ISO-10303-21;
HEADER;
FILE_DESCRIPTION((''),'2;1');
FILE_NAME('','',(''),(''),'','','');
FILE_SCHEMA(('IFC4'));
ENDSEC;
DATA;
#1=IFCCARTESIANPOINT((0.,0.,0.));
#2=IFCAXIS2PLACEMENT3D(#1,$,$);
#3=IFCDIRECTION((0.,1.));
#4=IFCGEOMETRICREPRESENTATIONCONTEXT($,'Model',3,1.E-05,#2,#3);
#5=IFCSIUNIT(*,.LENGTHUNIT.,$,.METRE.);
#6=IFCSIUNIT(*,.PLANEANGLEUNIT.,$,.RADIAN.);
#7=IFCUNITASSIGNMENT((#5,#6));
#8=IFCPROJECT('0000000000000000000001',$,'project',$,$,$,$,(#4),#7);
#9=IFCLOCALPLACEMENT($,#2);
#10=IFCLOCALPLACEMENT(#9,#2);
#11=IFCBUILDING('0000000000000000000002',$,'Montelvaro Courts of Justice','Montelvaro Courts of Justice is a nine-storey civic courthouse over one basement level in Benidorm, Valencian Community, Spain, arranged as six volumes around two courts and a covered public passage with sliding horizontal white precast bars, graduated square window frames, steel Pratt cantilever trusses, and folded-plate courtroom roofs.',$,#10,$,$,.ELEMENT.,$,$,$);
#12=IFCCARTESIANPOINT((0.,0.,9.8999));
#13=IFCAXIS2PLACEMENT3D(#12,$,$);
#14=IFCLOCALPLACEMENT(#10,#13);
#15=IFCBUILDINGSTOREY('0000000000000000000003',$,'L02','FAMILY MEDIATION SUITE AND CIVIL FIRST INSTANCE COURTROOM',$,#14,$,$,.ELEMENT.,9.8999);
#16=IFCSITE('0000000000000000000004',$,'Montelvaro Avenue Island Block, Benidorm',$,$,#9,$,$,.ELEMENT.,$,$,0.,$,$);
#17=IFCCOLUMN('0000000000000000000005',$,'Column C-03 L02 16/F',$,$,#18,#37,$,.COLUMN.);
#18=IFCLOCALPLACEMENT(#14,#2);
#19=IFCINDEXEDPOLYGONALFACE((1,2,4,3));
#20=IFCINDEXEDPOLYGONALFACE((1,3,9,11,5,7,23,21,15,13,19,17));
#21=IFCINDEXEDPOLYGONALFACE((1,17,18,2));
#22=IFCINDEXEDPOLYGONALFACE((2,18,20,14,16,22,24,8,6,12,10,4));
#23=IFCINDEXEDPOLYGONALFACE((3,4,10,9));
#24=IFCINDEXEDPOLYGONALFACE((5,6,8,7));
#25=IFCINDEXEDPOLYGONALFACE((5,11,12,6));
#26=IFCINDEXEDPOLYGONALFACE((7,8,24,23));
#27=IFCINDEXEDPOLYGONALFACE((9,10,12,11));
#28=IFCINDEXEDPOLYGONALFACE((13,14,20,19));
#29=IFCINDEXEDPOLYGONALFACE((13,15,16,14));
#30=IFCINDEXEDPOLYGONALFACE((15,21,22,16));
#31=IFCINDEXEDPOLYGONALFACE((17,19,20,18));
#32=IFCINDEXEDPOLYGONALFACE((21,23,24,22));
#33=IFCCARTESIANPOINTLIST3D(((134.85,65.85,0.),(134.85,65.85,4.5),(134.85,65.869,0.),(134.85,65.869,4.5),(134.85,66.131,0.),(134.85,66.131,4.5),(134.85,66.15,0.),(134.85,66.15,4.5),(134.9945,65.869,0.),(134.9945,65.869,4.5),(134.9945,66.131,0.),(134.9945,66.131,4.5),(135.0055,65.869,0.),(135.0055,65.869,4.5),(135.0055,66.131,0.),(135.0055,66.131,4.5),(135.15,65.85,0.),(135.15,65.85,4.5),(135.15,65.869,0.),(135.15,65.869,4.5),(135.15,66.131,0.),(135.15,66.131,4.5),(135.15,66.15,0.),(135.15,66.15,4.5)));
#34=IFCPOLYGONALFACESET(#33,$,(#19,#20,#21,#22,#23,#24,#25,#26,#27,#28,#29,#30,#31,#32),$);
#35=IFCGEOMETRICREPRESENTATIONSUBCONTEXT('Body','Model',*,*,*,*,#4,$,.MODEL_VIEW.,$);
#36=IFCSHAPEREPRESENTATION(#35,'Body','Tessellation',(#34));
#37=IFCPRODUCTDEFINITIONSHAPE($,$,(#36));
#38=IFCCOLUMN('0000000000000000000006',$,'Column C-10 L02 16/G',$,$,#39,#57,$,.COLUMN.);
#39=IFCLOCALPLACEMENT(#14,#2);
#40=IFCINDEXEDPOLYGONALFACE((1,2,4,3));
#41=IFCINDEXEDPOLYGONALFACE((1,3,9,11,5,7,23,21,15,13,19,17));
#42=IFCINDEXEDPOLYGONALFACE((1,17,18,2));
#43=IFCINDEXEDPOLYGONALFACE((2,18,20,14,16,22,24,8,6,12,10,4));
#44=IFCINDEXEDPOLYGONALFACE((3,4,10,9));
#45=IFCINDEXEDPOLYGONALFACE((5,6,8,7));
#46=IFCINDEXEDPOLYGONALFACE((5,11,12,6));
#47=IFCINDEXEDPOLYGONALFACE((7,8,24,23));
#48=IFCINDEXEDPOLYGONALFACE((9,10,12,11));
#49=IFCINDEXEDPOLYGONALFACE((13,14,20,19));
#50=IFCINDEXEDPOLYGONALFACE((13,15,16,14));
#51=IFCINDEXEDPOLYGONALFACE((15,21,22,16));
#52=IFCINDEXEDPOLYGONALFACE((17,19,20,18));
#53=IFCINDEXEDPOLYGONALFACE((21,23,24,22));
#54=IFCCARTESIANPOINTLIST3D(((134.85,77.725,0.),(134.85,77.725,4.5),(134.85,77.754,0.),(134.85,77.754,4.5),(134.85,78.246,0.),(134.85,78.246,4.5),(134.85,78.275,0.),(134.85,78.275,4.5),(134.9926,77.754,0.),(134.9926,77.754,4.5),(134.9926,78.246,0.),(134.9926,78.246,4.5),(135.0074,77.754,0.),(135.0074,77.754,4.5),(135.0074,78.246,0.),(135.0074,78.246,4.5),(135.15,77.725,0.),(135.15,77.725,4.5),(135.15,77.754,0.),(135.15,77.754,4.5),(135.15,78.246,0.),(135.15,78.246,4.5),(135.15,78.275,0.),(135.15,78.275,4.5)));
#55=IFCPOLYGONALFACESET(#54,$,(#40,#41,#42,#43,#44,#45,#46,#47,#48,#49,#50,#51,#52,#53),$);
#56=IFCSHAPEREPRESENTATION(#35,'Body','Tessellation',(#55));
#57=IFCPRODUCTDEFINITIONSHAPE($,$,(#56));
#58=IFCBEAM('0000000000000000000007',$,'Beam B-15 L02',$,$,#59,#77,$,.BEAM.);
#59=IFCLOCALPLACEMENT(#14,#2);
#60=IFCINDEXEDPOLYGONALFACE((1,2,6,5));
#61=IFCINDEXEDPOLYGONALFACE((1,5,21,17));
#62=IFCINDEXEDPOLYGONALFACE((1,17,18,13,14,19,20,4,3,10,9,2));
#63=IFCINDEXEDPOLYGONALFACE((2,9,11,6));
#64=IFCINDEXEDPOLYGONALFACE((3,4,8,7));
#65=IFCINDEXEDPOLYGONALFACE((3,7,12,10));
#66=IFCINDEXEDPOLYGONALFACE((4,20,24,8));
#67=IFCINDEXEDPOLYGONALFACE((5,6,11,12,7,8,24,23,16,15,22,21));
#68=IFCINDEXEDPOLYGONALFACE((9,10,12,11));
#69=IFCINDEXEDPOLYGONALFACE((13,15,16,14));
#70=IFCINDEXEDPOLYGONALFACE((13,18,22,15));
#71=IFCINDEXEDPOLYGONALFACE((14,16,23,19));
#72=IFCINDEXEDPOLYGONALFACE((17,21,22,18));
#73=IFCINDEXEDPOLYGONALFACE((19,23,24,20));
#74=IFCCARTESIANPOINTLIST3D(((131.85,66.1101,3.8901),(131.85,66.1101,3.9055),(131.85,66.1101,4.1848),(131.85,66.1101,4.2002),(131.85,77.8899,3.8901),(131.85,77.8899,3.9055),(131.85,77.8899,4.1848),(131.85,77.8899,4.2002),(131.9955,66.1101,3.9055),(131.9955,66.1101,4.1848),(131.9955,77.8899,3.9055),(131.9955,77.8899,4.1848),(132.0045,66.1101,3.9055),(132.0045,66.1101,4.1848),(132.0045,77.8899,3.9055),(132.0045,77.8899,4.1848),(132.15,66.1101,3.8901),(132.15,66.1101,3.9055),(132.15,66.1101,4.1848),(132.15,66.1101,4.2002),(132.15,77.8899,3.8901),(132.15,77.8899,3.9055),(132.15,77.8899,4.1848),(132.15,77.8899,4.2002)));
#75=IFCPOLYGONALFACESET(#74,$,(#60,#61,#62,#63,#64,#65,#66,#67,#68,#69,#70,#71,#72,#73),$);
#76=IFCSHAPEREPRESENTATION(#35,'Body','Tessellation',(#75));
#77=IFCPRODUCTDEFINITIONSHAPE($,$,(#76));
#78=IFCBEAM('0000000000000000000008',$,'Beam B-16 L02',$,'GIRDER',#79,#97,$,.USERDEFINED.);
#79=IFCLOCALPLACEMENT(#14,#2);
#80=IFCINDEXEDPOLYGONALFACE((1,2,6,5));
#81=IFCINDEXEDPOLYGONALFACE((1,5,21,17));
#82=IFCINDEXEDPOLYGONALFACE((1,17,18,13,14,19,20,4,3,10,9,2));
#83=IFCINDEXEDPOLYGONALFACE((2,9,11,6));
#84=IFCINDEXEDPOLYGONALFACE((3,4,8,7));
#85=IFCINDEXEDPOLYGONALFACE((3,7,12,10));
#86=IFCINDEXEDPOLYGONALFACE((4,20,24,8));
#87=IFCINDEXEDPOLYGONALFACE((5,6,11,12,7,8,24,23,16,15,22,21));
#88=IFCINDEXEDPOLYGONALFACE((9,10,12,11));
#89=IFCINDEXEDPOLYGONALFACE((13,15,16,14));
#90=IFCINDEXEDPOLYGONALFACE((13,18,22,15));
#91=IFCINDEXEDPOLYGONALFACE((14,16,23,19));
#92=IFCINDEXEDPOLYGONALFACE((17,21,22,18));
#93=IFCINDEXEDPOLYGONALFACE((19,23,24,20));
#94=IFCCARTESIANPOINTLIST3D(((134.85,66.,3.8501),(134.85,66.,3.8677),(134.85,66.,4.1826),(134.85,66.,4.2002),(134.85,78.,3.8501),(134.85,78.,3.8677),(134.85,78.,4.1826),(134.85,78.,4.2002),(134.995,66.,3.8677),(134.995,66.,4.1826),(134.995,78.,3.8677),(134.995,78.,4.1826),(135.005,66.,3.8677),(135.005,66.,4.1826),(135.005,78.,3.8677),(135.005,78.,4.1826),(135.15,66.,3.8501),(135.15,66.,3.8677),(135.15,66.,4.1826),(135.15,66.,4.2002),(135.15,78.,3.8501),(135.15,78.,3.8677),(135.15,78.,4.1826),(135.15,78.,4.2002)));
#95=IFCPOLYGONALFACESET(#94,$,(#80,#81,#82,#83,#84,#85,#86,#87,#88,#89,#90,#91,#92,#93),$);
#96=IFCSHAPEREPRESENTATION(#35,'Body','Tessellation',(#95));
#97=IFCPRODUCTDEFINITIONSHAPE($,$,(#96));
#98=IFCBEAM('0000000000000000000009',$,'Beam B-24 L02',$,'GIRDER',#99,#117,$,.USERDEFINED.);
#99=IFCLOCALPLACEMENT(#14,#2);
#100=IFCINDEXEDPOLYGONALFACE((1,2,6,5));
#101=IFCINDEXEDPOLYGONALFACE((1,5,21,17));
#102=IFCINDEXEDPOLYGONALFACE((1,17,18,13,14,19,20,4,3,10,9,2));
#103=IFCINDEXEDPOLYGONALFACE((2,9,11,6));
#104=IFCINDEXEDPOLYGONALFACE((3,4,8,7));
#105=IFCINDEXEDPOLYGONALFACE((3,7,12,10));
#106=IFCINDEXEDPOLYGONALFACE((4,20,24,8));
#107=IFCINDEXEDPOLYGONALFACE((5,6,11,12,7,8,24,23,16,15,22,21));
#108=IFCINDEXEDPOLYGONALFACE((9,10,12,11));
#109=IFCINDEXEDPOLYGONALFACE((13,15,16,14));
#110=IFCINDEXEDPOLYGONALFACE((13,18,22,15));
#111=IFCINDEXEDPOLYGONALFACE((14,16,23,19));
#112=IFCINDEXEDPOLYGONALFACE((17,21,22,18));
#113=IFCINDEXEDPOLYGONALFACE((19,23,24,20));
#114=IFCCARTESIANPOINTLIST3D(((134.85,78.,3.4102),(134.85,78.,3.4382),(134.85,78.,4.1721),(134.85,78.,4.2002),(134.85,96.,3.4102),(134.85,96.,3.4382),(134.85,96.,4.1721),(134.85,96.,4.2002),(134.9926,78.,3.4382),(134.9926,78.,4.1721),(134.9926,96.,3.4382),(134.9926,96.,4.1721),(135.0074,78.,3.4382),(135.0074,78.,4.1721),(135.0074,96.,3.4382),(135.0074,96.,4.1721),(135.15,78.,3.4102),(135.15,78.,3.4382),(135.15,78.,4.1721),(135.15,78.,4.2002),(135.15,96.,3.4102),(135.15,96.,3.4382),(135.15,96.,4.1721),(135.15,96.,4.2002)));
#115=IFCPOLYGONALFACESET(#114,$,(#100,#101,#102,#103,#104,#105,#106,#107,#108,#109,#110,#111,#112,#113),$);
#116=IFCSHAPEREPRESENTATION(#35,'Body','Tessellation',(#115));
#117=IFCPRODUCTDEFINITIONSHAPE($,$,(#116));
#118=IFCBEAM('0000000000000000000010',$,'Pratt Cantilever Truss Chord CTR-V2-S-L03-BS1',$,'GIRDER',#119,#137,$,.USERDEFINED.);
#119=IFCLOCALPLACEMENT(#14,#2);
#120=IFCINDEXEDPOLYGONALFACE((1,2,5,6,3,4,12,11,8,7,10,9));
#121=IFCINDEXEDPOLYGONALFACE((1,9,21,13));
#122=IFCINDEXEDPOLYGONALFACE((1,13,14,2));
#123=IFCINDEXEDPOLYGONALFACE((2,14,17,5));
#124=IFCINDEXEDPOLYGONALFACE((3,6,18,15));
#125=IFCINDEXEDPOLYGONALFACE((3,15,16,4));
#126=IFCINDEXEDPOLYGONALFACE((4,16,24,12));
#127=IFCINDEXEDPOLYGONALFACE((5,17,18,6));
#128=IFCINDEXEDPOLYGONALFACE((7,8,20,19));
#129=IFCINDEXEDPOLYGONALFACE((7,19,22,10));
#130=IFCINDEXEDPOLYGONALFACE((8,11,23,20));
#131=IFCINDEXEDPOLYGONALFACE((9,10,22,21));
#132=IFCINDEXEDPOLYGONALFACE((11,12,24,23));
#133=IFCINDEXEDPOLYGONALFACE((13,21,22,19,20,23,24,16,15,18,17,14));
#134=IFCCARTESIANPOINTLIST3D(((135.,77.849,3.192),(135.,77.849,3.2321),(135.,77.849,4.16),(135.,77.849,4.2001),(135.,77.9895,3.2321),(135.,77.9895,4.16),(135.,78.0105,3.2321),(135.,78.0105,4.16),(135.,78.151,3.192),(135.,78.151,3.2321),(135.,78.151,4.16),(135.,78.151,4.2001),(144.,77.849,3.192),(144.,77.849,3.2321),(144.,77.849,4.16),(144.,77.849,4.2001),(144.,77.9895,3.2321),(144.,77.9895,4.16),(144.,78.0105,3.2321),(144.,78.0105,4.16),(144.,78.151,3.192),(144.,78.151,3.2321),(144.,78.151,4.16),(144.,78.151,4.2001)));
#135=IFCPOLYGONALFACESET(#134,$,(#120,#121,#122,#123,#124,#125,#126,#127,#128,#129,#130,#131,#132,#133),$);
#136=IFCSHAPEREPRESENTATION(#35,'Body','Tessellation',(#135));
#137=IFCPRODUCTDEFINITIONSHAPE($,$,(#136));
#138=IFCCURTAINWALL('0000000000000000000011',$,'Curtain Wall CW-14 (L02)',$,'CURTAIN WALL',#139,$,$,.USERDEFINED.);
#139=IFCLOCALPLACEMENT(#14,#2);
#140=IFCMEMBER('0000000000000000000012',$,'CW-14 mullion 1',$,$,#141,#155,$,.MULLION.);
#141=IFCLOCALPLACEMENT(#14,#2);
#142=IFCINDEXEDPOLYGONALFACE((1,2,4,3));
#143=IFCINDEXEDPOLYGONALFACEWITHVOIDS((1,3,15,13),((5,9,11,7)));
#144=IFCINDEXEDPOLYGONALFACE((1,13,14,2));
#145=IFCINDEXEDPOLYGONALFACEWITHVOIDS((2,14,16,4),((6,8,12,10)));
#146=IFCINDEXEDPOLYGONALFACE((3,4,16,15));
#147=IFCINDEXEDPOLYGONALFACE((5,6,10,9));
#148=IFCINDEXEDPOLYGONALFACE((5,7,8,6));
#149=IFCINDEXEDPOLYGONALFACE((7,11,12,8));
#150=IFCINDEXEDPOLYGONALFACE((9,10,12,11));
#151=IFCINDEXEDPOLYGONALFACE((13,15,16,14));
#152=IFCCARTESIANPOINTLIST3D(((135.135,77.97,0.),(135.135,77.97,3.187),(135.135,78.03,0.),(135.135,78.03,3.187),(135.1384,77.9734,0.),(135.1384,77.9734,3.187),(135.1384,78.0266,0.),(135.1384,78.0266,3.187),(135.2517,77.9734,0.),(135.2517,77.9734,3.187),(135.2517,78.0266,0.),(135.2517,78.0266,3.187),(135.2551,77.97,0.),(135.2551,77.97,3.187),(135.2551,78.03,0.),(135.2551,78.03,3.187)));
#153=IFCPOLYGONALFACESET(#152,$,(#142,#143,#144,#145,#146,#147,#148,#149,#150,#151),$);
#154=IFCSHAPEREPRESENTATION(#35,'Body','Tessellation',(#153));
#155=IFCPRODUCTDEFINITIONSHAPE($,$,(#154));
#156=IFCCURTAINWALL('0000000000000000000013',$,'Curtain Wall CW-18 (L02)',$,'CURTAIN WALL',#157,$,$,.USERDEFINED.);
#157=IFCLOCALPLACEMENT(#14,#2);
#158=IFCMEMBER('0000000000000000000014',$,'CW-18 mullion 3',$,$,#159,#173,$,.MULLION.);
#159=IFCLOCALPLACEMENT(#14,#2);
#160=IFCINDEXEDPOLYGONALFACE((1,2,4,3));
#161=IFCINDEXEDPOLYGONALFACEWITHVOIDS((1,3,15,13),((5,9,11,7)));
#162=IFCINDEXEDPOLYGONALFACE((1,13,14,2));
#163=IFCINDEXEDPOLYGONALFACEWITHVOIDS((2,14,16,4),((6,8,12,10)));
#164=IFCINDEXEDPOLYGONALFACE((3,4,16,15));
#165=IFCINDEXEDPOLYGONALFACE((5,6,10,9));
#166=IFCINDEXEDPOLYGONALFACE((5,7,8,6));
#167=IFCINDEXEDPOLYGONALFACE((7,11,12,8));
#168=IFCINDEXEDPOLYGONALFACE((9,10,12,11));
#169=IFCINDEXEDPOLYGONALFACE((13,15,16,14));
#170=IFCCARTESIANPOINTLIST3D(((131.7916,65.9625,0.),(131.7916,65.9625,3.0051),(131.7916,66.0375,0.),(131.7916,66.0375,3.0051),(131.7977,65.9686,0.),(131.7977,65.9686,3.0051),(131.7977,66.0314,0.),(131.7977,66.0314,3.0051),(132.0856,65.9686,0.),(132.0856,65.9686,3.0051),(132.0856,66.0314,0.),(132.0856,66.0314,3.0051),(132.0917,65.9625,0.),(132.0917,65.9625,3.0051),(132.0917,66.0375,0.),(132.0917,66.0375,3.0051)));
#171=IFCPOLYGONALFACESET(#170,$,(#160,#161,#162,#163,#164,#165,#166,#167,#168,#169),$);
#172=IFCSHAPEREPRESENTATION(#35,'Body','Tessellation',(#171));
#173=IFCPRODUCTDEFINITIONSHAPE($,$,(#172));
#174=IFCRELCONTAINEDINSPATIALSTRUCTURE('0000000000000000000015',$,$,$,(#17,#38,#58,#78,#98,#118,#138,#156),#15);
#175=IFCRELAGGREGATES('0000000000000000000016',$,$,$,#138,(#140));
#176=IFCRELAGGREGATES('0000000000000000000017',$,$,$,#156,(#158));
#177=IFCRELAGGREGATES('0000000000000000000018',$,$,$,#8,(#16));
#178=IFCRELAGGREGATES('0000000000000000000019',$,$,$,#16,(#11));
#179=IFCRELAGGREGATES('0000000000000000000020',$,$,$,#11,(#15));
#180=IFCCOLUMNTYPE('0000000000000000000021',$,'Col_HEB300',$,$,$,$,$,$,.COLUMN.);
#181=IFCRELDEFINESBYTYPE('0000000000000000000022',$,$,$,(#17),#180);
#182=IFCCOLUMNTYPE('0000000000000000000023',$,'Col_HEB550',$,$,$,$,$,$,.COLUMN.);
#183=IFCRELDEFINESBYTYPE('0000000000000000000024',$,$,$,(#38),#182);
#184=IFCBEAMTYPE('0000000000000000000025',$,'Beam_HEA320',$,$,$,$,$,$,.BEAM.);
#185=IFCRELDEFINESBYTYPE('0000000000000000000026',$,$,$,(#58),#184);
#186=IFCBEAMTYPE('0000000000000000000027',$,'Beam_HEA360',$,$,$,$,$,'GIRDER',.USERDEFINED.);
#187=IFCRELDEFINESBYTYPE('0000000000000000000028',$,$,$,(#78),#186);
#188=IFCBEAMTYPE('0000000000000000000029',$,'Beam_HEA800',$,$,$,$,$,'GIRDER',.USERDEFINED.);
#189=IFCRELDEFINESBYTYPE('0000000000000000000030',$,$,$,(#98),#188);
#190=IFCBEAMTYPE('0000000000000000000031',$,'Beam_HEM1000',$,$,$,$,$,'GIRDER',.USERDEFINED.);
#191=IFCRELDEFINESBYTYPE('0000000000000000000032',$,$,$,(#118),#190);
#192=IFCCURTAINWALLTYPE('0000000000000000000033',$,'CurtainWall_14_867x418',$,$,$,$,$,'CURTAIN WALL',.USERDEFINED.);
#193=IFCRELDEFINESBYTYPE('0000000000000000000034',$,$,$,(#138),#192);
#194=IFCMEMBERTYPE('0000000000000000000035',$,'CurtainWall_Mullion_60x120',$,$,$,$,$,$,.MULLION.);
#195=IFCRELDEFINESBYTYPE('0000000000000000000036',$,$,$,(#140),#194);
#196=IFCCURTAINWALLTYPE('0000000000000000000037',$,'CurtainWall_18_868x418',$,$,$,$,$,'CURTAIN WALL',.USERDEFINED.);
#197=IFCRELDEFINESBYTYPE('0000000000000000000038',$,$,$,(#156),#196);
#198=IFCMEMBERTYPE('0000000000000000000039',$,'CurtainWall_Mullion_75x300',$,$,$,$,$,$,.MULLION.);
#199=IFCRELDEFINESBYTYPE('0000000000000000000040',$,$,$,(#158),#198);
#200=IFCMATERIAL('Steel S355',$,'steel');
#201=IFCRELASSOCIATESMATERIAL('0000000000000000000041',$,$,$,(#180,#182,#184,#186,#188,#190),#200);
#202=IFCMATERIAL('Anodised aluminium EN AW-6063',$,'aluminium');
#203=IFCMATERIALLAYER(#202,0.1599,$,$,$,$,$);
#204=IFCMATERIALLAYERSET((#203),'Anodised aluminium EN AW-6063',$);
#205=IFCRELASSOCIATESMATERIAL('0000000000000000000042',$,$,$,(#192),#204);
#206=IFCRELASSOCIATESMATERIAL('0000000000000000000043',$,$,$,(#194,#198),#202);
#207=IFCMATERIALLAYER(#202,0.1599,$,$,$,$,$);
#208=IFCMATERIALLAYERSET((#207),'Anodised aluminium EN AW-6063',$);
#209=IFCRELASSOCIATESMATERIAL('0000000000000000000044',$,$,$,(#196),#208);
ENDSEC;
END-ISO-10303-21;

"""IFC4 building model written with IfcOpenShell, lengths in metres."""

from ifc_helpers import new_model, si_unit, direction, frame, origin, origin_2d, place, context, subcontext, project, spatial, hollow_rectangle, i_section, extrude, material, layer, layer_set, material_profile, profile_set, type_object, element, aggregate, save


model = new_model("IFC4")

# Units and contexts
model_context = context("Model", 3, precision=1e-05, world=origin(), true_north=direction((0.0, 1.0)))
body_context = subcontext(model_context, "Body", "Model", "MODEL_VIEW")
ifc_project = project(units=[si_unit("LENGTHUNIT", "METRE"), si_unit("PLANEANGLEUNIT", "RADIAN")], contexts=[model_context])

# Site, building, storey
site_placement = place(None, origin())
site = spatial("IfcSite", under=ifc_project, at=site_placement, Name="Montelvaro Avenue Island Block, Benidorm", CompositionType="ELEMENT", RefElevation=0.0)
building_placement = place(site_placement, origin())
building = spatial("IfcBuilding", under=site, at=building_placement, Name="Montelvaro Courts of Justice", Description="Montelvaro Courts of Justice is a nine-storey civic courthouse over one basement level in Benidorm, Valencian Community, Spain, arranged as six volumes around two courts and a covered public passage with sliding horizontal white precast bars, graduated square window frames, steel Pratt cantilever trusses, and folded-plate courtroom roofs.", CompositionType="ELEMENT")
storey_placement = place(building_placement, frame((0.0, 0.0, 9.8999)))
storey = spatial("IfcBuildingStorey", under=building, at=storey_placement, Name="L02", Description="FAMILY MEDIATION SUITE AND CIVIL FIRST INSTANCE COURTROOM", CompositionType="ELEMENT", Elevation=9.8999)

# Columns
ifc_material_1 = material(Name="Steel S355", Category="steel")
ifc_material_profile_1 = material_profile(ifc_material_1, i_section(OverallWidth=0.3, OverallDepth=0.3, WebThickness=0.011, FlangeThickness=0.019, at=origin_2d()), Name="HEB 300")
ifc_profile_set_1 = profile_set([ifc_material_profile_1], Name="Steel S355")
column_type_1 = type_object("IfcColumnType", Name="Col_HEB300", PredefinedType="COLUMN", material=ifc_profile_set_1)
column_1_placement = place(storey_placement, frame((135.0, 66.0, 0.0), z_axis=(0.0, 0.0, 1.0), x_axis=(1.0, 0.0, 0.0)))
element("IfcColumn", 1, at=column_1_placement, inside=storey, type_object=column_type_1, Name="Column C-03 L02 16/F", PredefinedType="COLUMN", context=body_context, shape_type="SweptSolid", body=[
    extrude(i_section(OverallWidth=0.3, OverallDepth=0.3, WebThickness=0.011, FlangeThickness=0.019, at=origin_2d()), origin(), (0.0, 0.0, 1.0), 4.5),
])
ifc_material_profile_2 = material_profile(ifc_material_1, i_section(OverallWidth=0.3, OverallDepth=0.55, WebThickness=0.0149, FlangeThickness=0.0291, at=origin_2d()), Name="HEB 550")
ifc_profile_set_2 = profile_set([ifc_material_profile_2], Name="Steel S355")
column_type_2 = type_object("IfcColumnType", Name="Col_HEB550", PredefinedType="COLUMN", material=ifc_profile_set_2)
column_2_placement = place(storey_placement, frame((135.0, 78.0, 0.0), z_axis=(0.0, 0.0, 1.0), x_axis=(1.0, 0.0, 0.0)))
element("IfcColumn", 2, at=column_2_placement, inside=storey, type_object=column_type_2, Name="Column C-10 L02 16/G", PredefinedType="COLUMN", context=body_context, shape_type="SweptSolid", body=[
    extrude(i_section(OverallWidth=0.3, OverallDepth=0.55, WebThickness=0.0149, FlangeThickness=0.0291, at=origin_2d()), origin(), (0.0, 0.0, 1.0), 4.5),
])

# Beams
ifc_material_profile_3 = material_profile(ifc_material_1, i_section(OverallWidth=0.3, OverallDepth=0.3101, WebThickness=0.009, FlangeThickness=0.0154, at=origin_2d()), Name="HEA 320")
ifc_profile_set_3 = profile_set([ifc_material_profile_3], Name="Steel S355")
beam_type_1 = type_object("IfcBeamType", Name="Beam_HEA320", PredefinedType="BEAM", material=ifc_profile_set_3)
beam_1_placement = place(storey_placement, frame((132.0, 66.1101, 4.0452), z_axis=(0.0, 1.0, 0.0), x_axis=(-1.0, 0.0, 0.0)))
element("IfcBeam", 3, at=beam_1_placement, inside=storey, type_object=beam_type_1, Name="Beam B-15 L02", PredefinedType="BEAM", context=body_context, shape_type="SweptSolid", body=[
    extrude(i_section(OverallWidth=0.3, OverallDepth=0.3101, WebThickness=0.009, FlangeThickness=0.0154, at=origin_2d()), origin(), (0.0, 0.0, 1.0), 11.7798),
])
ifc_material_profile_4 = material_profile(ifc_material_1, i_section(OverallWidth=0.3, OverallDepth=0.3501, WebThickness=0.01, FlangeThickness=0.0176, at=origin_2d()), Name="HEA 360")
ifc_profile_set_4 = profile_set([ifc_material_profile_4], Name="Steel S355")
beam_type_2 = type_object("IfcBeamType", Name="Beam_HEA360", ElementType="GIRDER", PredefinedType="USERDEFINED", material=ifc_profile_set_4)
beam_2_placement = place(storey_placement, frame((135.0, 66.0, 4.0251), z_axis=(0.0, 1.0, 0.0), x_axis=(-1.0, 0.0, 0.0)))
element("IfcBeam", 4, at=beam_2_placement, inside=storey, type_object=beam_type_2, Name="Beam B-16 L02", ObjectType="GIRDER", PredefinedType="USERDEFINED", context=body_context, shape_type="SweptSolid", body=[
    extrude(i_section(OverallWidth=0.3, OverallDepth=0.3501, WebThickness=0.01, FlangeThickness=0.0176, at=origin_2d()), origin(), (0.0, 0.0, 1.0), 12.0),
])
ifc_material_profile_5 = material_profile(ifc_material_1, i_section(OverallWidth=0.3, OverallDepth=0.79, WebThickness=0.0149, FlangeThickness=0.0281, at=origin_2d()), Name="HEA 800")
ifc_profile_set_5 = profile_set([ifc_material_profile_5], Name="Steel S355")
beam_type_3 = type_object("IfcBeamType", Name="Beam_HEA800", ElementType="GIRDER", PredefinedType="USERDEFINED", material=ifc_profile_set_5)
beam_3_placement = place(storey_placement, frame((135.0, 78.0, 3.8052), z_axis=(0.0, 1.0, 0.0), x_axis=(-1.0, 0.0, 0.0)))
element("IfcBeam", 5, at=beam_3_placement, inside=storey, type_object=beam_type_3, Name="Beam B-24 L02", ObjectType="GIRDER", PredefinedType="USERDEFINED", context=body_context, shape_type="SweptSolid", body=[
    extrude(i_section(OverallWidth=0.3, OverallDepth=0.79, WebThickness=0.0149, FlangeThickness=0.0281, at=origin_2d()), origin(), (0.0, 0.0, 1.0), 18.0),
])
ifc_material_profile_6 = material_profile(ifc_material_1, i_section(OverallWidth=0.302, OverallDepth=1.0081, WebThickness=0.021, FlangeThickness=0.04, at=origin_2d()), Name="HEM 1000")
ifc_profile_set_6 = profile_set([ifc_material_profile_6], Name="Steel S355")
beam_type_4 = type_object("IfcBeamType", Name="Beam_HEM1000", ElementType="GIRDER", PredefinedType="USERDEFINED", material=ifc_profile_set_6)
beam_4_placement = place(storey_placement, frame((135.0, 78.0, 3.696), z_axis=(1.0, 0.0, 0.0), x_axis=(0.0, 1.0, 0.0)))
element("IfcBeam", 6, at=beam_4_placement, inside=storey, type_object=beam_type_4, Name="Pratt Cantilever Truss Chord CTR-V2-S-L03-BS1", ObjectType="GIRDER", PredefinedType="USERDEFINED", context=body_context, shape_type="SweptSolid", body=[
    extrude(i_section(OverallWidth=0.302, OverallDepth=1.0081, WebThickness=0.021, FlangeThickness=0.04, at=origin_2d()), origin(), (0.0, 0.0, 1.0), 9.0),
])

# Curtain wall, member
ifc_material_2 = material(Name="Anodised aluminium EN AW-6063", Category="aluminium")
ifc_layer_1 = layer(ifc_material_2, 0.1599)
ifc_layer_set_1 = layer_set([ifc_layer_1], Name="Anodised aluminium EN AW-6063")
curtain_wall_type_1 = type_object("IfcCurtainWallType", Name="CurtainWall_14_867x418", ElementType="CURTAIN WALL", PredefinedType="USERDEFINED", material=ifc_layer_set_1)
curtain_wall_1_placement = place(storey_placement, origin())
curtain_wall_1 = element("IfcCurtainWall", 7, at=curtain_wall_1_placement, inside=storey, type_object=curtain_wall_type_1, Name="Curtain Wall CW-14 (L02)", ObjectType="CURTAIN WALL", PredefinedType="USERDEFINED")
ifc_material_profile_7 = material_profile(ifc_material_2, hollow_rectangle(XDim=0.0601, YDim=0.1201, WallThickness=0.0034, at=origin_2d()), Name="ALU-M 60x120")
ifc_profile_set_7 = profile_set([ifc_material_profile_7], Name="Anodised aluminium EN AW-6063")
member_type_1 = type_object("IfcMemberType", Name="CurtainWall_Mullion_60x120", PredefinedType="MULLION", material=ifc_profile_set_7)
member_1_placement = place(storey_placement, frame((135.1951, 78.0, 0.0), z_axis=(0.0, 0.0, 1.0), x_axis=(0.0, 1.0, 0.0)))
member_1 = element("IfcMember", 8, at=member_1_placement, type_object=member_type_1, Name="CW-14 mullion 1", PredefinedType="MULLION", context=body_context, shape_type="SweptSolid", body=[
    extrude(hollow_rectangle(XDim=0.0601, YDim=0.1201, WallThickness=0.0034, at=origin_2d()), origin(), (0.0, 0.0, 1.0), 3.187),
])

# Curtain wall, member
ifc_layer_2 = layer(ifc_material_2, 0.1599)
ifc_layer_set_2 = layer_set([ifc_layer_2], Name="Anodised aluminium EN AW-6063")
curtain_wall_type_2 = type_object("IfcCurtainWallType", Name="CurtainWall_18_868x418", ElementType="CURTAIN WALL", PredefinedType="USERDEFINED", material=ifc_layer_set_2)
curtain_wall_2_placement = place(storey_placement, origin())
curtain_wall_2 = element("IfcCurtainWall", 9, at=curtain_wall_2_placement, inside=storey, type_object=curtain_wall_type_2, Name="Curtain Wall CW-18 (L02)", ObjectType="CURTAIN WALL", PredefinedType="USERDEFINED")
ifc_material_profile_8 = material_profile(ifc_material_2, hollow_rectangle(XDim=0.075, YDim=0.3, WallThickness=0.0061, at=origin_2d()), Name="ALU-M 75x300")
ifc_profile_set_8 = profile_set([ifc_material_profile_8], Name="Anodised aluminium EN AW-6063")
member_type_2 = type_object("IfcMemberType", Name="CurtainWall_Mullion_75x300", PredefinedType="MULLION", material=ifc_profile_set_8)
member_2_placement = place(storey_placement, frame((131.9417, 66.0, 0.0), z_axis=(0.0, 0.0, 1.0), x_axis=(0.0, 1.0, 0.0)))
member_2 = element("IfcMember", 10, at=member_2_placement, type_object=member_type_2, Name="CW-18 mullion 3", PredefinedType="MULLION", context=body_context, shape_type="SweptSolid", body=[
    extrude(hollow_rectangle(XDim=0.075, YDim=0.3, WallThickness=0.0061, at=origin_2d()), origin(), (0.0, 0.0, 1.0), 3.0051),
])

aggregate(curtain_wall_1, [member_1])

aggregate(curtain_wall_2, [member_2])

save(model, "model.ifc")
